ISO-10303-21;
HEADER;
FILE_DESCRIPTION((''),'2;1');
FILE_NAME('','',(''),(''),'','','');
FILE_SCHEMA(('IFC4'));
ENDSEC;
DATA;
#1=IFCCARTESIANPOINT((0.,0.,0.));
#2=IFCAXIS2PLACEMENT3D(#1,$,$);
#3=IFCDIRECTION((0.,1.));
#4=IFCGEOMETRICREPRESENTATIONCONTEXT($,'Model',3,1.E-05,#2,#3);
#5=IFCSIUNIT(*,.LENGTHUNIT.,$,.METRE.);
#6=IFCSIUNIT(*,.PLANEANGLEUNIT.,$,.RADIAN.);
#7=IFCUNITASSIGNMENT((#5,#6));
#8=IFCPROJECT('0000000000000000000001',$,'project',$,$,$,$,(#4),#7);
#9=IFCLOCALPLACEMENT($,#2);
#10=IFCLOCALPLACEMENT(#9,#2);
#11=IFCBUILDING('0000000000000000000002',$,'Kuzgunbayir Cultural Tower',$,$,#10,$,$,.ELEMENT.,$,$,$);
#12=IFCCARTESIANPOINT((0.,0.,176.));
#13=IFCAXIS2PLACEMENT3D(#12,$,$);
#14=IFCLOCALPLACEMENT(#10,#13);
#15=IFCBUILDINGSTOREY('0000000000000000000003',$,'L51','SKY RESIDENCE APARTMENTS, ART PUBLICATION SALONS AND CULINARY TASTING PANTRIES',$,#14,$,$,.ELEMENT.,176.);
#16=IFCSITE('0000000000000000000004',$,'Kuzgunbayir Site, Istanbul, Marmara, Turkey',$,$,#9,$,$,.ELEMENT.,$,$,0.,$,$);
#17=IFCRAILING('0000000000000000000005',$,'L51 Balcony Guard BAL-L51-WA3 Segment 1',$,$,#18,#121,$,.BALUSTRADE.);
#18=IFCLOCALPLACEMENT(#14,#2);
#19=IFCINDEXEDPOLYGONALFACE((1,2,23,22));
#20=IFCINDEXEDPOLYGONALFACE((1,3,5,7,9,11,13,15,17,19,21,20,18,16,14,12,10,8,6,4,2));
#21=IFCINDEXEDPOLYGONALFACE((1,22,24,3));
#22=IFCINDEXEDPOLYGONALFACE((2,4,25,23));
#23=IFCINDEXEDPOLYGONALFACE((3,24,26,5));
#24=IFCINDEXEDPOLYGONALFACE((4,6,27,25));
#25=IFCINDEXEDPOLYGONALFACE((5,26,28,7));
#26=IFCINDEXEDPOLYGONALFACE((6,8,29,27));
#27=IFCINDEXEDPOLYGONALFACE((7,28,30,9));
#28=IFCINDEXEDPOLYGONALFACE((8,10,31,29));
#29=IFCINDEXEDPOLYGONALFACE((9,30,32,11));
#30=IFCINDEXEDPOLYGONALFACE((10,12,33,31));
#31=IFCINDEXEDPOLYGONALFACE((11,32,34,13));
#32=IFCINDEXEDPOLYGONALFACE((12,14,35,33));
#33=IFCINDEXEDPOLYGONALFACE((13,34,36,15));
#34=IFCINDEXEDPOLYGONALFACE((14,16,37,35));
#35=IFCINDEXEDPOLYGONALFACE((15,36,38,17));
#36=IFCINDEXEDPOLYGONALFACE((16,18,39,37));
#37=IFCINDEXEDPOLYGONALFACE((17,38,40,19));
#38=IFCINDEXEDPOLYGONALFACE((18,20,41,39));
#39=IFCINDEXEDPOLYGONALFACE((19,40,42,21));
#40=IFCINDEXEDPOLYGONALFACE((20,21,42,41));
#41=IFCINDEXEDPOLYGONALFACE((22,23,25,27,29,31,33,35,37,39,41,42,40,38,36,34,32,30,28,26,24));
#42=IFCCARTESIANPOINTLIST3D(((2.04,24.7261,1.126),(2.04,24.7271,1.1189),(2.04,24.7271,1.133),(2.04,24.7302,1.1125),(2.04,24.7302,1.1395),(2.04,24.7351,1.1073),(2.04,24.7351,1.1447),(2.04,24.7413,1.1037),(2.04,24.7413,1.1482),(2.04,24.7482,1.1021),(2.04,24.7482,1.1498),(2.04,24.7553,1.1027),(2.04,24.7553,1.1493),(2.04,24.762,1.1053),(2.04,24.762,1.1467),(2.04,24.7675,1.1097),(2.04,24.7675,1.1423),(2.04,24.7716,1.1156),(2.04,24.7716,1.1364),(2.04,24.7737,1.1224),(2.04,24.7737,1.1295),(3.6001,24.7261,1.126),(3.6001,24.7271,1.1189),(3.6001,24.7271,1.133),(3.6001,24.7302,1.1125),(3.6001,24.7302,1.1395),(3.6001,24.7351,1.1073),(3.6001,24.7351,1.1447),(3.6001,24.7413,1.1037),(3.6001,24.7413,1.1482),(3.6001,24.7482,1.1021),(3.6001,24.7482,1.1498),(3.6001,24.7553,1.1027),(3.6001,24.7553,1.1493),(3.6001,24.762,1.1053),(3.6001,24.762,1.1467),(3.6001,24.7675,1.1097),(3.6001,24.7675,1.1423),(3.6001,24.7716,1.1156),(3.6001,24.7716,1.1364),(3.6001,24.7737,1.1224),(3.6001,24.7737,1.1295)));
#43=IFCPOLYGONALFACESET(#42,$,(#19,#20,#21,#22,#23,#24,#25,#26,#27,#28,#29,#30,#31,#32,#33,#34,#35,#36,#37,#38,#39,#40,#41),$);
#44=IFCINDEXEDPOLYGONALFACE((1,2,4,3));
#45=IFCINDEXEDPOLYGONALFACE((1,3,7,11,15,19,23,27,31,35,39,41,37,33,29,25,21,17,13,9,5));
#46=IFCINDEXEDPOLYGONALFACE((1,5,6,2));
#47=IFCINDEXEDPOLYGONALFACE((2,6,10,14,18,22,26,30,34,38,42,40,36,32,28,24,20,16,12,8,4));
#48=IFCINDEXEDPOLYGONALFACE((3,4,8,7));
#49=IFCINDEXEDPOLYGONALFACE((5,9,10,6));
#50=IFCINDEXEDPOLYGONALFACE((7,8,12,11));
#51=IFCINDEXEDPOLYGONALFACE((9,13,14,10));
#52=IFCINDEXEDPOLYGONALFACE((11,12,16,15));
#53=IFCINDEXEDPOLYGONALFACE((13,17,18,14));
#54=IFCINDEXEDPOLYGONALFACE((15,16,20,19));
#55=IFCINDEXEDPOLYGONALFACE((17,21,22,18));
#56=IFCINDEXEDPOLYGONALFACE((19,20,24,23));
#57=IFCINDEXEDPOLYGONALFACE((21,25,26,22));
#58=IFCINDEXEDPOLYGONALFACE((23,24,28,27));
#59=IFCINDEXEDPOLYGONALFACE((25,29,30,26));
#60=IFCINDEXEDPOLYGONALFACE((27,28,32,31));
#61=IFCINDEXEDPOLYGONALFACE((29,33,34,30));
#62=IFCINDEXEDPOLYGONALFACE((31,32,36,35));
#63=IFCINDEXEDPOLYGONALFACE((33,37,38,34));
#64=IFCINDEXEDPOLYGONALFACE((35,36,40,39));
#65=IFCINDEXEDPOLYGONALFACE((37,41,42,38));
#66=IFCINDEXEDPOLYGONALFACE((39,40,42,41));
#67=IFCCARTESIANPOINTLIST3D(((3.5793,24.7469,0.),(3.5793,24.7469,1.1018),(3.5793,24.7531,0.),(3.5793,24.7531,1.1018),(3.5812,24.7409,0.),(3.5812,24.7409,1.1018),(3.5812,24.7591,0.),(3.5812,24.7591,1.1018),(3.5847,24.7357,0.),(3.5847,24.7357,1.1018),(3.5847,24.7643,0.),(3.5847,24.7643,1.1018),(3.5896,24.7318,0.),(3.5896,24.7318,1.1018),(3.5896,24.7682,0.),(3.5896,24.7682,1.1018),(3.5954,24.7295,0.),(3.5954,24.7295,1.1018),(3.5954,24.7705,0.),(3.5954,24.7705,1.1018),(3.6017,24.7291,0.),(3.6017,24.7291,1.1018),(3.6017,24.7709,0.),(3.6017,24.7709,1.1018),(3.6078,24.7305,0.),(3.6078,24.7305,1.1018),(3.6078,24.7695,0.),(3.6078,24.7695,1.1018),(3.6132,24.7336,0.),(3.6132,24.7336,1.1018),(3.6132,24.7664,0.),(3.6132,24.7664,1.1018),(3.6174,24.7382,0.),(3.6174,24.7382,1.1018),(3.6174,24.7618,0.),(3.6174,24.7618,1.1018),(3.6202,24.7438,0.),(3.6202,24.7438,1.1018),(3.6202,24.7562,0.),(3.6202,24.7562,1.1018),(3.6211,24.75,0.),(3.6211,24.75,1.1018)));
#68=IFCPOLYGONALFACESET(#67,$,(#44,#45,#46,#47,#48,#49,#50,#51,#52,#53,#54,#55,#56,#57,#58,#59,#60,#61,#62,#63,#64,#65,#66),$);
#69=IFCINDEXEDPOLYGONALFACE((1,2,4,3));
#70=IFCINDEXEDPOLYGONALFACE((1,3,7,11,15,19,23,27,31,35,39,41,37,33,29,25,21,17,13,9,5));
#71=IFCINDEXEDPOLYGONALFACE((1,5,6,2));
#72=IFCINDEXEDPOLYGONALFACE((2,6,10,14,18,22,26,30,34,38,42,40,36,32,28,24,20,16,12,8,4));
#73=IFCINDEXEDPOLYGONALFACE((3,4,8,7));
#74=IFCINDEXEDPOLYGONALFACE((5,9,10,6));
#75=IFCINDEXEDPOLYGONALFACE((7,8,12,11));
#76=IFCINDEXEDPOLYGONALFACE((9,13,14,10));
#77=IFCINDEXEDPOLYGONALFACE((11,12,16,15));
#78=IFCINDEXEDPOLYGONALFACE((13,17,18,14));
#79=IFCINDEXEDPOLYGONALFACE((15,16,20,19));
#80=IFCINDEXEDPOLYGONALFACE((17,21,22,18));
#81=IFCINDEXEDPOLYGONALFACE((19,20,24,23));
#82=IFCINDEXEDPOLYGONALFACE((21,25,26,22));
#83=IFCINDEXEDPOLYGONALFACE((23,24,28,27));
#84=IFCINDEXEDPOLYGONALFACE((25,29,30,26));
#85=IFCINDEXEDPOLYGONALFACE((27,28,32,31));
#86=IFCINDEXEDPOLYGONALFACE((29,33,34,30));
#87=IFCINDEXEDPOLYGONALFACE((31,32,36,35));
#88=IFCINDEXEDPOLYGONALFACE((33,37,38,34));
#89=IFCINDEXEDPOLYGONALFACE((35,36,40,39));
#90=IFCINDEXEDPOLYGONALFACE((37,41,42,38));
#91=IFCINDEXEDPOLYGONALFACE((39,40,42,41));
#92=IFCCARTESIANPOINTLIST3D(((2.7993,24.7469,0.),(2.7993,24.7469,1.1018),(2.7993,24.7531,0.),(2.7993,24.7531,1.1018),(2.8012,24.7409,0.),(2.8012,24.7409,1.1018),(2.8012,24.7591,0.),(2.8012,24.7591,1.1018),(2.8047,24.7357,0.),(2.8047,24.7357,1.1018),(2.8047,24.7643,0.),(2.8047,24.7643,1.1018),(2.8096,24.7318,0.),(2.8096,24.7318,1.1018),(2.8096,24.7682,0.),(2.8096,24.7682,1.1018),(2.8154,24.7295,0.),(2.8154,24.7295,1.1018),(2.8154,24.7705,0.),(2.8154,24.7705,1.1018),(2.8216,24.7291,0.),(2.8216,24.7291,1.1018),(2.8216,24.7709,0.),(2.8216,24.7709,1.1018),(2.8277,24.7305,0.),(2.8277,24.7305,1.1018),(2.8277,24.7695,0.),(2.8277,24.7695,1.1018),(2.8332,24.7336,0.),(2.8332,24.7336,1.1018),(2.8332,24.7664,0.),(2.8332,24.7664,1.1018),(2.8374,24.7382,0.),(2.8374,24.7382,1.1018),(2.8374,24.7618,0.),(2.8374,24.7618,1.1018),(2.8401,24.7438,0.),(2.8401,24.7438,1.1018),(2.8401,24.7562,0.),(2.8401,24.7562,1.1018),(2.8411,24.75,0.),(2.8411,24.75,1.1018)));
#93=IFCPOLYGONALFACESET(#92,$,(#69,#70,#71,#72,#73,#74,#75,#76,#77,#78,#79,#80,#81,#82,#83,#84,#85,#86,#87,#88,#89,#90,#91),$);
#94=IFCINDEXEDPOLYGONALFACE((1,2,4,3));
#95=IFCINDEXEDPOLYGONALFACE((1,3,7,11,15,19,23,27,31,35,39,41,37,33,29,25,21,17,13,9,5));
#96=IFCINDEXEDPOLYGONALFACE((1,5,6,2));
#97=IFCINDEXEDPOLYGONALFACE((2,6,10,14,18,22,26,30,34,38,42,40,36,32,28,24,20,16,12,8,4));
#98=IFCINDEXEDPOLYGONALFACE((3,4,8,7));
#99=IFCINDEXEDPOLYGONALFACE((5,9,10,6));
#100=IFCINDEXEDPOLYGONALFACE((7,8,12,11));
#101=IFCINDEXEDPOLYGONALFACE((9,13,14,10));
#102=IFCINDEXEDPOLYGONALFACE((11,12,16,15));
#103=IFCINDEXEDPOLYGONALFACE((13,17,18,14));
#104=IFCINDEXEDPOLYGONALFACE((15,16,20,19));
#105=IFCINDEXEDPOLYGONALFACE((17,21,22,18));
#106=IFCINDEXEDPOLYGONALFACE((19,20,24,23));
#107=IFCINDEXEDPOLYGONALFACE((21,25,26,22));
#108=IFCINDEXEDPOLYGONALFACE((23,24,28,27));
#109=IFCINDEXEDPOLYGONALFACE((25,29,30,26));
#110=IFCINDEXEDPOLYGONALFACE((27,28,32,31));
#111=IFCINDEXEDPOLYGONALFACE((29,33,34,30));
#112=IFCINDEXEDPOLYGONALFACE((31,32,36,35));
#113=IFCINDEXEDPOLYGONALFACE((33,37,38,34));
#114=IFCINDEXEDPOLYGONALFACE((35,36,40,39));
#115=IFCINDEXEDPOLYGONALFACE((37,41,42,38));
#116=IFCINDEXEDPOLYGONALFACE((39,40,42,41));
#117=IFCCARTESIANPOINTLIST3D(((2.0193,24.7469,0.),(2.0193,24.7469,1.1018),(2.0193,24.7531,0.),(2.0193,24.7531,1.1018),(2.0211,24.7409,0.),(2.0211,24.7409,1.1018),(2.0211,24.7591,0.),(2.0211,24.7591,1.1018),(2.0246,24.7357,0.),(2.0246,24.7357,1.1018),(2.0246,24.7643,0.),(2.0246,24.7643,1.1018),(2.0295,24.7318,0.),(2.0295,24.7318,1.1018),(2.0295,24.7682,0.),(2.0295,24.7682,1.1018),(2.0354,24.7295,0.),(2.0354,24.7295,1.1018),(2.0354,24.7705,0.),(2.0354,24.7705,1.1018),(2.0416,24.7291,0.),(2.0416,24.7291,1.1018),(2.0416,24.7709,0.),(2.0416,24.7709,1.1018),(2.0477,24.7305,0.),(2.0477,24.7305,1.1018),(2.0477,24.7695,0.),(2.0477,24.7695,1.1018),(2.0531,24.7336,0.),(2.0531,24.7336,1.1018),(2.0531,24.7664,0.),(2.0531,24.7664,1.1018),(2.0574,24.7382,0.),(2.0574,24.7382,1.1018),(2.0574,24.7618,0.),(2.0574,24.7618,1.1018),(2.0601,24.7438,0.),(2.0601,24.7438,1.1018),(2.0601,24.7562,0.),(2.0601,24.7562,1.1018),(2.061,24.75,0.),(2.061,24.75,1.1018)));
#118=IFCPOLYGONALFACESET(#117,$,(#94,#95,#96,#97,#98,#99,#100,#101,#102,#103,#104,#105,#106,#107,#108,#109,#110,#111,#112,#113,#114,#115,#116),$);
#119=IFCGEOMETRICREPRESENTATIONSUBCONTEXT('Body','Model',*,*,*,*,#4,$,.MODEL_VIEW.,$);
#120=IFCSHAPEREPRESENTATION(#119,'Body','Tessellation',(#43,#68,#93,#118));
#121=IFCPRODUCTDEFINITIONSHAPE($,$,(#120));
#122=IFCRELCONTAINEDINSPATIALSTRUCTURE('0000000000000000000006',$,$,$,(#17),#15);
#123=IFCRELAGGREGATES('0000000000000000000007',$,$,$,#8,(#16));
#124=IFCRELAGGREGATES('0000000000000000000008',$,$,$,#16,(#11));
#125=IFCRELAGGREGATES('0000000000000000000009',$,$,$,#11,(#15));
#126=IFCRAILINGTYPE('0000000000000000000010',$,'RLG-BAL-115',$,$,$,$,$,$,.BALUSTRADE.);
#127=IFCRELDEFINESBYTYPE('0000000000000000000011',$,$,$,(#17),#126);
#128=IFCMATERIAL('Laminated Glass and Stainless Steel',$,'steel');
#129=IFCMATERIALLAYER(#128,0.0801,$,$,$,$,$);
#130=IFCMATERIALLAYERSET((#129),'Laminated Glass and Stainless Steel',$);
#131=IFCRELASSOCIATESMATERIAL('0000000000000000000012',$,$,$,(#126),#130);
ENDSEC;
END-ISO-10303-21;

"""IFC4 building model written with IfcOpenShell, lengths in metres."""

from ifc_helpers import new_model, si_unit, direction, frame, origin, origin_2d, place, context, subcontext, project, spatial, circle, extrude, material, layer, layer_set, type_object, element, save


model = new_model("IFC4")

# Units and contexts
model_context = context("Model", 3, precision=1e-05, world=origin(), true_north=direction((0.0, 1.0)))
body_context = subcontext(model_context, "Body", "Model", "MODEL_VIEW")
ifc_project = project(units=[si_unit("LENGTHUNIT", "METRE"), si_unit("PLANEANGLEUNIT", "RADIAN")], contexts=[model_context])

# Site, building, storey
site_placement = place(None, origin())
site = spatial("IfcSite", under=ifc_project, at=site_placement, Name="Kuzgunbayir Site, Istanbul, Marmara, Turkey", CompositionType="ELEMENT", RefElevation=0.0)
building_placement = place(site_placement, origin())
building = spatial("IfcBuilding", under=site, at=building_placement, Name="Kuzgunbayir Cultural Tower", CompositionType="ELEMENT")
storey_placement = place(building_placement, frame((0.0, 0.0, 176.0)))
storey = spatial("IfcBuildingStorey", under=building, at=storey_placement, Name="L51", Description="SKY RESIDENCE APARTMENTS, ART PUBLICATION SALONS AND CULINARY TASTING PANTRIES", CompositionType="ELEMENT", Elevation=176.0)

# Railing
ifc_material_1 = material(Name="Laminated Glass and Stainless Steel", Category="steel")
ifc_layer_1 = layer(ifc_material_1, 0.0801)
ifc_layer_set_1 = layer_set([ifc_layer_1], Name="Laminated Glass and Stainless Steel")
railing_type = type_object("IfcRailingType", Name="RLG-BAL-115", PredefinedType="BALUSTRADE", material=ifc_layer_set_1)
railing_1_placement = place(storey_placement, frame((3.6001, 24.75, 0.0)))
element("IfcRailing", 1, at=railing_1_placement, inside=storey, type_object=railing_type, Name="L51 Balcony Guard BAL-L51-WA3 Segment 1", PredefinedType="BALUSTRADE", context=body_context, shape_type="SweptSolid", body=[
    extrude(circle(Radius=0.0239, at=origin_2d()), frame((0.0, 0.0, 1.126), z_axis=(-1.0, 0.0, 0.0), x_axis=(0.0, -1.0, 0.0)), (0.0, 0.0, 1.0), 1.5601),
    extrude(circle(Radius=0.021, at=origin_2d()), origin(), (0.0, 0.0, 1.0), 1.1018),
    extrude(circle(Radius=0.021, at=origin_2d()), frame((-0.78, 0.0, 0.0)), (0.0, 0.0, 1.0), 1.1018),
    extrude(circle(Radius=0.021, at=origin_2d()), frame((-1.5601, 0.0, 0.0)), (0.0, 0.0, 1.0), 1.1018),
])

save(model, "model.ifc")
